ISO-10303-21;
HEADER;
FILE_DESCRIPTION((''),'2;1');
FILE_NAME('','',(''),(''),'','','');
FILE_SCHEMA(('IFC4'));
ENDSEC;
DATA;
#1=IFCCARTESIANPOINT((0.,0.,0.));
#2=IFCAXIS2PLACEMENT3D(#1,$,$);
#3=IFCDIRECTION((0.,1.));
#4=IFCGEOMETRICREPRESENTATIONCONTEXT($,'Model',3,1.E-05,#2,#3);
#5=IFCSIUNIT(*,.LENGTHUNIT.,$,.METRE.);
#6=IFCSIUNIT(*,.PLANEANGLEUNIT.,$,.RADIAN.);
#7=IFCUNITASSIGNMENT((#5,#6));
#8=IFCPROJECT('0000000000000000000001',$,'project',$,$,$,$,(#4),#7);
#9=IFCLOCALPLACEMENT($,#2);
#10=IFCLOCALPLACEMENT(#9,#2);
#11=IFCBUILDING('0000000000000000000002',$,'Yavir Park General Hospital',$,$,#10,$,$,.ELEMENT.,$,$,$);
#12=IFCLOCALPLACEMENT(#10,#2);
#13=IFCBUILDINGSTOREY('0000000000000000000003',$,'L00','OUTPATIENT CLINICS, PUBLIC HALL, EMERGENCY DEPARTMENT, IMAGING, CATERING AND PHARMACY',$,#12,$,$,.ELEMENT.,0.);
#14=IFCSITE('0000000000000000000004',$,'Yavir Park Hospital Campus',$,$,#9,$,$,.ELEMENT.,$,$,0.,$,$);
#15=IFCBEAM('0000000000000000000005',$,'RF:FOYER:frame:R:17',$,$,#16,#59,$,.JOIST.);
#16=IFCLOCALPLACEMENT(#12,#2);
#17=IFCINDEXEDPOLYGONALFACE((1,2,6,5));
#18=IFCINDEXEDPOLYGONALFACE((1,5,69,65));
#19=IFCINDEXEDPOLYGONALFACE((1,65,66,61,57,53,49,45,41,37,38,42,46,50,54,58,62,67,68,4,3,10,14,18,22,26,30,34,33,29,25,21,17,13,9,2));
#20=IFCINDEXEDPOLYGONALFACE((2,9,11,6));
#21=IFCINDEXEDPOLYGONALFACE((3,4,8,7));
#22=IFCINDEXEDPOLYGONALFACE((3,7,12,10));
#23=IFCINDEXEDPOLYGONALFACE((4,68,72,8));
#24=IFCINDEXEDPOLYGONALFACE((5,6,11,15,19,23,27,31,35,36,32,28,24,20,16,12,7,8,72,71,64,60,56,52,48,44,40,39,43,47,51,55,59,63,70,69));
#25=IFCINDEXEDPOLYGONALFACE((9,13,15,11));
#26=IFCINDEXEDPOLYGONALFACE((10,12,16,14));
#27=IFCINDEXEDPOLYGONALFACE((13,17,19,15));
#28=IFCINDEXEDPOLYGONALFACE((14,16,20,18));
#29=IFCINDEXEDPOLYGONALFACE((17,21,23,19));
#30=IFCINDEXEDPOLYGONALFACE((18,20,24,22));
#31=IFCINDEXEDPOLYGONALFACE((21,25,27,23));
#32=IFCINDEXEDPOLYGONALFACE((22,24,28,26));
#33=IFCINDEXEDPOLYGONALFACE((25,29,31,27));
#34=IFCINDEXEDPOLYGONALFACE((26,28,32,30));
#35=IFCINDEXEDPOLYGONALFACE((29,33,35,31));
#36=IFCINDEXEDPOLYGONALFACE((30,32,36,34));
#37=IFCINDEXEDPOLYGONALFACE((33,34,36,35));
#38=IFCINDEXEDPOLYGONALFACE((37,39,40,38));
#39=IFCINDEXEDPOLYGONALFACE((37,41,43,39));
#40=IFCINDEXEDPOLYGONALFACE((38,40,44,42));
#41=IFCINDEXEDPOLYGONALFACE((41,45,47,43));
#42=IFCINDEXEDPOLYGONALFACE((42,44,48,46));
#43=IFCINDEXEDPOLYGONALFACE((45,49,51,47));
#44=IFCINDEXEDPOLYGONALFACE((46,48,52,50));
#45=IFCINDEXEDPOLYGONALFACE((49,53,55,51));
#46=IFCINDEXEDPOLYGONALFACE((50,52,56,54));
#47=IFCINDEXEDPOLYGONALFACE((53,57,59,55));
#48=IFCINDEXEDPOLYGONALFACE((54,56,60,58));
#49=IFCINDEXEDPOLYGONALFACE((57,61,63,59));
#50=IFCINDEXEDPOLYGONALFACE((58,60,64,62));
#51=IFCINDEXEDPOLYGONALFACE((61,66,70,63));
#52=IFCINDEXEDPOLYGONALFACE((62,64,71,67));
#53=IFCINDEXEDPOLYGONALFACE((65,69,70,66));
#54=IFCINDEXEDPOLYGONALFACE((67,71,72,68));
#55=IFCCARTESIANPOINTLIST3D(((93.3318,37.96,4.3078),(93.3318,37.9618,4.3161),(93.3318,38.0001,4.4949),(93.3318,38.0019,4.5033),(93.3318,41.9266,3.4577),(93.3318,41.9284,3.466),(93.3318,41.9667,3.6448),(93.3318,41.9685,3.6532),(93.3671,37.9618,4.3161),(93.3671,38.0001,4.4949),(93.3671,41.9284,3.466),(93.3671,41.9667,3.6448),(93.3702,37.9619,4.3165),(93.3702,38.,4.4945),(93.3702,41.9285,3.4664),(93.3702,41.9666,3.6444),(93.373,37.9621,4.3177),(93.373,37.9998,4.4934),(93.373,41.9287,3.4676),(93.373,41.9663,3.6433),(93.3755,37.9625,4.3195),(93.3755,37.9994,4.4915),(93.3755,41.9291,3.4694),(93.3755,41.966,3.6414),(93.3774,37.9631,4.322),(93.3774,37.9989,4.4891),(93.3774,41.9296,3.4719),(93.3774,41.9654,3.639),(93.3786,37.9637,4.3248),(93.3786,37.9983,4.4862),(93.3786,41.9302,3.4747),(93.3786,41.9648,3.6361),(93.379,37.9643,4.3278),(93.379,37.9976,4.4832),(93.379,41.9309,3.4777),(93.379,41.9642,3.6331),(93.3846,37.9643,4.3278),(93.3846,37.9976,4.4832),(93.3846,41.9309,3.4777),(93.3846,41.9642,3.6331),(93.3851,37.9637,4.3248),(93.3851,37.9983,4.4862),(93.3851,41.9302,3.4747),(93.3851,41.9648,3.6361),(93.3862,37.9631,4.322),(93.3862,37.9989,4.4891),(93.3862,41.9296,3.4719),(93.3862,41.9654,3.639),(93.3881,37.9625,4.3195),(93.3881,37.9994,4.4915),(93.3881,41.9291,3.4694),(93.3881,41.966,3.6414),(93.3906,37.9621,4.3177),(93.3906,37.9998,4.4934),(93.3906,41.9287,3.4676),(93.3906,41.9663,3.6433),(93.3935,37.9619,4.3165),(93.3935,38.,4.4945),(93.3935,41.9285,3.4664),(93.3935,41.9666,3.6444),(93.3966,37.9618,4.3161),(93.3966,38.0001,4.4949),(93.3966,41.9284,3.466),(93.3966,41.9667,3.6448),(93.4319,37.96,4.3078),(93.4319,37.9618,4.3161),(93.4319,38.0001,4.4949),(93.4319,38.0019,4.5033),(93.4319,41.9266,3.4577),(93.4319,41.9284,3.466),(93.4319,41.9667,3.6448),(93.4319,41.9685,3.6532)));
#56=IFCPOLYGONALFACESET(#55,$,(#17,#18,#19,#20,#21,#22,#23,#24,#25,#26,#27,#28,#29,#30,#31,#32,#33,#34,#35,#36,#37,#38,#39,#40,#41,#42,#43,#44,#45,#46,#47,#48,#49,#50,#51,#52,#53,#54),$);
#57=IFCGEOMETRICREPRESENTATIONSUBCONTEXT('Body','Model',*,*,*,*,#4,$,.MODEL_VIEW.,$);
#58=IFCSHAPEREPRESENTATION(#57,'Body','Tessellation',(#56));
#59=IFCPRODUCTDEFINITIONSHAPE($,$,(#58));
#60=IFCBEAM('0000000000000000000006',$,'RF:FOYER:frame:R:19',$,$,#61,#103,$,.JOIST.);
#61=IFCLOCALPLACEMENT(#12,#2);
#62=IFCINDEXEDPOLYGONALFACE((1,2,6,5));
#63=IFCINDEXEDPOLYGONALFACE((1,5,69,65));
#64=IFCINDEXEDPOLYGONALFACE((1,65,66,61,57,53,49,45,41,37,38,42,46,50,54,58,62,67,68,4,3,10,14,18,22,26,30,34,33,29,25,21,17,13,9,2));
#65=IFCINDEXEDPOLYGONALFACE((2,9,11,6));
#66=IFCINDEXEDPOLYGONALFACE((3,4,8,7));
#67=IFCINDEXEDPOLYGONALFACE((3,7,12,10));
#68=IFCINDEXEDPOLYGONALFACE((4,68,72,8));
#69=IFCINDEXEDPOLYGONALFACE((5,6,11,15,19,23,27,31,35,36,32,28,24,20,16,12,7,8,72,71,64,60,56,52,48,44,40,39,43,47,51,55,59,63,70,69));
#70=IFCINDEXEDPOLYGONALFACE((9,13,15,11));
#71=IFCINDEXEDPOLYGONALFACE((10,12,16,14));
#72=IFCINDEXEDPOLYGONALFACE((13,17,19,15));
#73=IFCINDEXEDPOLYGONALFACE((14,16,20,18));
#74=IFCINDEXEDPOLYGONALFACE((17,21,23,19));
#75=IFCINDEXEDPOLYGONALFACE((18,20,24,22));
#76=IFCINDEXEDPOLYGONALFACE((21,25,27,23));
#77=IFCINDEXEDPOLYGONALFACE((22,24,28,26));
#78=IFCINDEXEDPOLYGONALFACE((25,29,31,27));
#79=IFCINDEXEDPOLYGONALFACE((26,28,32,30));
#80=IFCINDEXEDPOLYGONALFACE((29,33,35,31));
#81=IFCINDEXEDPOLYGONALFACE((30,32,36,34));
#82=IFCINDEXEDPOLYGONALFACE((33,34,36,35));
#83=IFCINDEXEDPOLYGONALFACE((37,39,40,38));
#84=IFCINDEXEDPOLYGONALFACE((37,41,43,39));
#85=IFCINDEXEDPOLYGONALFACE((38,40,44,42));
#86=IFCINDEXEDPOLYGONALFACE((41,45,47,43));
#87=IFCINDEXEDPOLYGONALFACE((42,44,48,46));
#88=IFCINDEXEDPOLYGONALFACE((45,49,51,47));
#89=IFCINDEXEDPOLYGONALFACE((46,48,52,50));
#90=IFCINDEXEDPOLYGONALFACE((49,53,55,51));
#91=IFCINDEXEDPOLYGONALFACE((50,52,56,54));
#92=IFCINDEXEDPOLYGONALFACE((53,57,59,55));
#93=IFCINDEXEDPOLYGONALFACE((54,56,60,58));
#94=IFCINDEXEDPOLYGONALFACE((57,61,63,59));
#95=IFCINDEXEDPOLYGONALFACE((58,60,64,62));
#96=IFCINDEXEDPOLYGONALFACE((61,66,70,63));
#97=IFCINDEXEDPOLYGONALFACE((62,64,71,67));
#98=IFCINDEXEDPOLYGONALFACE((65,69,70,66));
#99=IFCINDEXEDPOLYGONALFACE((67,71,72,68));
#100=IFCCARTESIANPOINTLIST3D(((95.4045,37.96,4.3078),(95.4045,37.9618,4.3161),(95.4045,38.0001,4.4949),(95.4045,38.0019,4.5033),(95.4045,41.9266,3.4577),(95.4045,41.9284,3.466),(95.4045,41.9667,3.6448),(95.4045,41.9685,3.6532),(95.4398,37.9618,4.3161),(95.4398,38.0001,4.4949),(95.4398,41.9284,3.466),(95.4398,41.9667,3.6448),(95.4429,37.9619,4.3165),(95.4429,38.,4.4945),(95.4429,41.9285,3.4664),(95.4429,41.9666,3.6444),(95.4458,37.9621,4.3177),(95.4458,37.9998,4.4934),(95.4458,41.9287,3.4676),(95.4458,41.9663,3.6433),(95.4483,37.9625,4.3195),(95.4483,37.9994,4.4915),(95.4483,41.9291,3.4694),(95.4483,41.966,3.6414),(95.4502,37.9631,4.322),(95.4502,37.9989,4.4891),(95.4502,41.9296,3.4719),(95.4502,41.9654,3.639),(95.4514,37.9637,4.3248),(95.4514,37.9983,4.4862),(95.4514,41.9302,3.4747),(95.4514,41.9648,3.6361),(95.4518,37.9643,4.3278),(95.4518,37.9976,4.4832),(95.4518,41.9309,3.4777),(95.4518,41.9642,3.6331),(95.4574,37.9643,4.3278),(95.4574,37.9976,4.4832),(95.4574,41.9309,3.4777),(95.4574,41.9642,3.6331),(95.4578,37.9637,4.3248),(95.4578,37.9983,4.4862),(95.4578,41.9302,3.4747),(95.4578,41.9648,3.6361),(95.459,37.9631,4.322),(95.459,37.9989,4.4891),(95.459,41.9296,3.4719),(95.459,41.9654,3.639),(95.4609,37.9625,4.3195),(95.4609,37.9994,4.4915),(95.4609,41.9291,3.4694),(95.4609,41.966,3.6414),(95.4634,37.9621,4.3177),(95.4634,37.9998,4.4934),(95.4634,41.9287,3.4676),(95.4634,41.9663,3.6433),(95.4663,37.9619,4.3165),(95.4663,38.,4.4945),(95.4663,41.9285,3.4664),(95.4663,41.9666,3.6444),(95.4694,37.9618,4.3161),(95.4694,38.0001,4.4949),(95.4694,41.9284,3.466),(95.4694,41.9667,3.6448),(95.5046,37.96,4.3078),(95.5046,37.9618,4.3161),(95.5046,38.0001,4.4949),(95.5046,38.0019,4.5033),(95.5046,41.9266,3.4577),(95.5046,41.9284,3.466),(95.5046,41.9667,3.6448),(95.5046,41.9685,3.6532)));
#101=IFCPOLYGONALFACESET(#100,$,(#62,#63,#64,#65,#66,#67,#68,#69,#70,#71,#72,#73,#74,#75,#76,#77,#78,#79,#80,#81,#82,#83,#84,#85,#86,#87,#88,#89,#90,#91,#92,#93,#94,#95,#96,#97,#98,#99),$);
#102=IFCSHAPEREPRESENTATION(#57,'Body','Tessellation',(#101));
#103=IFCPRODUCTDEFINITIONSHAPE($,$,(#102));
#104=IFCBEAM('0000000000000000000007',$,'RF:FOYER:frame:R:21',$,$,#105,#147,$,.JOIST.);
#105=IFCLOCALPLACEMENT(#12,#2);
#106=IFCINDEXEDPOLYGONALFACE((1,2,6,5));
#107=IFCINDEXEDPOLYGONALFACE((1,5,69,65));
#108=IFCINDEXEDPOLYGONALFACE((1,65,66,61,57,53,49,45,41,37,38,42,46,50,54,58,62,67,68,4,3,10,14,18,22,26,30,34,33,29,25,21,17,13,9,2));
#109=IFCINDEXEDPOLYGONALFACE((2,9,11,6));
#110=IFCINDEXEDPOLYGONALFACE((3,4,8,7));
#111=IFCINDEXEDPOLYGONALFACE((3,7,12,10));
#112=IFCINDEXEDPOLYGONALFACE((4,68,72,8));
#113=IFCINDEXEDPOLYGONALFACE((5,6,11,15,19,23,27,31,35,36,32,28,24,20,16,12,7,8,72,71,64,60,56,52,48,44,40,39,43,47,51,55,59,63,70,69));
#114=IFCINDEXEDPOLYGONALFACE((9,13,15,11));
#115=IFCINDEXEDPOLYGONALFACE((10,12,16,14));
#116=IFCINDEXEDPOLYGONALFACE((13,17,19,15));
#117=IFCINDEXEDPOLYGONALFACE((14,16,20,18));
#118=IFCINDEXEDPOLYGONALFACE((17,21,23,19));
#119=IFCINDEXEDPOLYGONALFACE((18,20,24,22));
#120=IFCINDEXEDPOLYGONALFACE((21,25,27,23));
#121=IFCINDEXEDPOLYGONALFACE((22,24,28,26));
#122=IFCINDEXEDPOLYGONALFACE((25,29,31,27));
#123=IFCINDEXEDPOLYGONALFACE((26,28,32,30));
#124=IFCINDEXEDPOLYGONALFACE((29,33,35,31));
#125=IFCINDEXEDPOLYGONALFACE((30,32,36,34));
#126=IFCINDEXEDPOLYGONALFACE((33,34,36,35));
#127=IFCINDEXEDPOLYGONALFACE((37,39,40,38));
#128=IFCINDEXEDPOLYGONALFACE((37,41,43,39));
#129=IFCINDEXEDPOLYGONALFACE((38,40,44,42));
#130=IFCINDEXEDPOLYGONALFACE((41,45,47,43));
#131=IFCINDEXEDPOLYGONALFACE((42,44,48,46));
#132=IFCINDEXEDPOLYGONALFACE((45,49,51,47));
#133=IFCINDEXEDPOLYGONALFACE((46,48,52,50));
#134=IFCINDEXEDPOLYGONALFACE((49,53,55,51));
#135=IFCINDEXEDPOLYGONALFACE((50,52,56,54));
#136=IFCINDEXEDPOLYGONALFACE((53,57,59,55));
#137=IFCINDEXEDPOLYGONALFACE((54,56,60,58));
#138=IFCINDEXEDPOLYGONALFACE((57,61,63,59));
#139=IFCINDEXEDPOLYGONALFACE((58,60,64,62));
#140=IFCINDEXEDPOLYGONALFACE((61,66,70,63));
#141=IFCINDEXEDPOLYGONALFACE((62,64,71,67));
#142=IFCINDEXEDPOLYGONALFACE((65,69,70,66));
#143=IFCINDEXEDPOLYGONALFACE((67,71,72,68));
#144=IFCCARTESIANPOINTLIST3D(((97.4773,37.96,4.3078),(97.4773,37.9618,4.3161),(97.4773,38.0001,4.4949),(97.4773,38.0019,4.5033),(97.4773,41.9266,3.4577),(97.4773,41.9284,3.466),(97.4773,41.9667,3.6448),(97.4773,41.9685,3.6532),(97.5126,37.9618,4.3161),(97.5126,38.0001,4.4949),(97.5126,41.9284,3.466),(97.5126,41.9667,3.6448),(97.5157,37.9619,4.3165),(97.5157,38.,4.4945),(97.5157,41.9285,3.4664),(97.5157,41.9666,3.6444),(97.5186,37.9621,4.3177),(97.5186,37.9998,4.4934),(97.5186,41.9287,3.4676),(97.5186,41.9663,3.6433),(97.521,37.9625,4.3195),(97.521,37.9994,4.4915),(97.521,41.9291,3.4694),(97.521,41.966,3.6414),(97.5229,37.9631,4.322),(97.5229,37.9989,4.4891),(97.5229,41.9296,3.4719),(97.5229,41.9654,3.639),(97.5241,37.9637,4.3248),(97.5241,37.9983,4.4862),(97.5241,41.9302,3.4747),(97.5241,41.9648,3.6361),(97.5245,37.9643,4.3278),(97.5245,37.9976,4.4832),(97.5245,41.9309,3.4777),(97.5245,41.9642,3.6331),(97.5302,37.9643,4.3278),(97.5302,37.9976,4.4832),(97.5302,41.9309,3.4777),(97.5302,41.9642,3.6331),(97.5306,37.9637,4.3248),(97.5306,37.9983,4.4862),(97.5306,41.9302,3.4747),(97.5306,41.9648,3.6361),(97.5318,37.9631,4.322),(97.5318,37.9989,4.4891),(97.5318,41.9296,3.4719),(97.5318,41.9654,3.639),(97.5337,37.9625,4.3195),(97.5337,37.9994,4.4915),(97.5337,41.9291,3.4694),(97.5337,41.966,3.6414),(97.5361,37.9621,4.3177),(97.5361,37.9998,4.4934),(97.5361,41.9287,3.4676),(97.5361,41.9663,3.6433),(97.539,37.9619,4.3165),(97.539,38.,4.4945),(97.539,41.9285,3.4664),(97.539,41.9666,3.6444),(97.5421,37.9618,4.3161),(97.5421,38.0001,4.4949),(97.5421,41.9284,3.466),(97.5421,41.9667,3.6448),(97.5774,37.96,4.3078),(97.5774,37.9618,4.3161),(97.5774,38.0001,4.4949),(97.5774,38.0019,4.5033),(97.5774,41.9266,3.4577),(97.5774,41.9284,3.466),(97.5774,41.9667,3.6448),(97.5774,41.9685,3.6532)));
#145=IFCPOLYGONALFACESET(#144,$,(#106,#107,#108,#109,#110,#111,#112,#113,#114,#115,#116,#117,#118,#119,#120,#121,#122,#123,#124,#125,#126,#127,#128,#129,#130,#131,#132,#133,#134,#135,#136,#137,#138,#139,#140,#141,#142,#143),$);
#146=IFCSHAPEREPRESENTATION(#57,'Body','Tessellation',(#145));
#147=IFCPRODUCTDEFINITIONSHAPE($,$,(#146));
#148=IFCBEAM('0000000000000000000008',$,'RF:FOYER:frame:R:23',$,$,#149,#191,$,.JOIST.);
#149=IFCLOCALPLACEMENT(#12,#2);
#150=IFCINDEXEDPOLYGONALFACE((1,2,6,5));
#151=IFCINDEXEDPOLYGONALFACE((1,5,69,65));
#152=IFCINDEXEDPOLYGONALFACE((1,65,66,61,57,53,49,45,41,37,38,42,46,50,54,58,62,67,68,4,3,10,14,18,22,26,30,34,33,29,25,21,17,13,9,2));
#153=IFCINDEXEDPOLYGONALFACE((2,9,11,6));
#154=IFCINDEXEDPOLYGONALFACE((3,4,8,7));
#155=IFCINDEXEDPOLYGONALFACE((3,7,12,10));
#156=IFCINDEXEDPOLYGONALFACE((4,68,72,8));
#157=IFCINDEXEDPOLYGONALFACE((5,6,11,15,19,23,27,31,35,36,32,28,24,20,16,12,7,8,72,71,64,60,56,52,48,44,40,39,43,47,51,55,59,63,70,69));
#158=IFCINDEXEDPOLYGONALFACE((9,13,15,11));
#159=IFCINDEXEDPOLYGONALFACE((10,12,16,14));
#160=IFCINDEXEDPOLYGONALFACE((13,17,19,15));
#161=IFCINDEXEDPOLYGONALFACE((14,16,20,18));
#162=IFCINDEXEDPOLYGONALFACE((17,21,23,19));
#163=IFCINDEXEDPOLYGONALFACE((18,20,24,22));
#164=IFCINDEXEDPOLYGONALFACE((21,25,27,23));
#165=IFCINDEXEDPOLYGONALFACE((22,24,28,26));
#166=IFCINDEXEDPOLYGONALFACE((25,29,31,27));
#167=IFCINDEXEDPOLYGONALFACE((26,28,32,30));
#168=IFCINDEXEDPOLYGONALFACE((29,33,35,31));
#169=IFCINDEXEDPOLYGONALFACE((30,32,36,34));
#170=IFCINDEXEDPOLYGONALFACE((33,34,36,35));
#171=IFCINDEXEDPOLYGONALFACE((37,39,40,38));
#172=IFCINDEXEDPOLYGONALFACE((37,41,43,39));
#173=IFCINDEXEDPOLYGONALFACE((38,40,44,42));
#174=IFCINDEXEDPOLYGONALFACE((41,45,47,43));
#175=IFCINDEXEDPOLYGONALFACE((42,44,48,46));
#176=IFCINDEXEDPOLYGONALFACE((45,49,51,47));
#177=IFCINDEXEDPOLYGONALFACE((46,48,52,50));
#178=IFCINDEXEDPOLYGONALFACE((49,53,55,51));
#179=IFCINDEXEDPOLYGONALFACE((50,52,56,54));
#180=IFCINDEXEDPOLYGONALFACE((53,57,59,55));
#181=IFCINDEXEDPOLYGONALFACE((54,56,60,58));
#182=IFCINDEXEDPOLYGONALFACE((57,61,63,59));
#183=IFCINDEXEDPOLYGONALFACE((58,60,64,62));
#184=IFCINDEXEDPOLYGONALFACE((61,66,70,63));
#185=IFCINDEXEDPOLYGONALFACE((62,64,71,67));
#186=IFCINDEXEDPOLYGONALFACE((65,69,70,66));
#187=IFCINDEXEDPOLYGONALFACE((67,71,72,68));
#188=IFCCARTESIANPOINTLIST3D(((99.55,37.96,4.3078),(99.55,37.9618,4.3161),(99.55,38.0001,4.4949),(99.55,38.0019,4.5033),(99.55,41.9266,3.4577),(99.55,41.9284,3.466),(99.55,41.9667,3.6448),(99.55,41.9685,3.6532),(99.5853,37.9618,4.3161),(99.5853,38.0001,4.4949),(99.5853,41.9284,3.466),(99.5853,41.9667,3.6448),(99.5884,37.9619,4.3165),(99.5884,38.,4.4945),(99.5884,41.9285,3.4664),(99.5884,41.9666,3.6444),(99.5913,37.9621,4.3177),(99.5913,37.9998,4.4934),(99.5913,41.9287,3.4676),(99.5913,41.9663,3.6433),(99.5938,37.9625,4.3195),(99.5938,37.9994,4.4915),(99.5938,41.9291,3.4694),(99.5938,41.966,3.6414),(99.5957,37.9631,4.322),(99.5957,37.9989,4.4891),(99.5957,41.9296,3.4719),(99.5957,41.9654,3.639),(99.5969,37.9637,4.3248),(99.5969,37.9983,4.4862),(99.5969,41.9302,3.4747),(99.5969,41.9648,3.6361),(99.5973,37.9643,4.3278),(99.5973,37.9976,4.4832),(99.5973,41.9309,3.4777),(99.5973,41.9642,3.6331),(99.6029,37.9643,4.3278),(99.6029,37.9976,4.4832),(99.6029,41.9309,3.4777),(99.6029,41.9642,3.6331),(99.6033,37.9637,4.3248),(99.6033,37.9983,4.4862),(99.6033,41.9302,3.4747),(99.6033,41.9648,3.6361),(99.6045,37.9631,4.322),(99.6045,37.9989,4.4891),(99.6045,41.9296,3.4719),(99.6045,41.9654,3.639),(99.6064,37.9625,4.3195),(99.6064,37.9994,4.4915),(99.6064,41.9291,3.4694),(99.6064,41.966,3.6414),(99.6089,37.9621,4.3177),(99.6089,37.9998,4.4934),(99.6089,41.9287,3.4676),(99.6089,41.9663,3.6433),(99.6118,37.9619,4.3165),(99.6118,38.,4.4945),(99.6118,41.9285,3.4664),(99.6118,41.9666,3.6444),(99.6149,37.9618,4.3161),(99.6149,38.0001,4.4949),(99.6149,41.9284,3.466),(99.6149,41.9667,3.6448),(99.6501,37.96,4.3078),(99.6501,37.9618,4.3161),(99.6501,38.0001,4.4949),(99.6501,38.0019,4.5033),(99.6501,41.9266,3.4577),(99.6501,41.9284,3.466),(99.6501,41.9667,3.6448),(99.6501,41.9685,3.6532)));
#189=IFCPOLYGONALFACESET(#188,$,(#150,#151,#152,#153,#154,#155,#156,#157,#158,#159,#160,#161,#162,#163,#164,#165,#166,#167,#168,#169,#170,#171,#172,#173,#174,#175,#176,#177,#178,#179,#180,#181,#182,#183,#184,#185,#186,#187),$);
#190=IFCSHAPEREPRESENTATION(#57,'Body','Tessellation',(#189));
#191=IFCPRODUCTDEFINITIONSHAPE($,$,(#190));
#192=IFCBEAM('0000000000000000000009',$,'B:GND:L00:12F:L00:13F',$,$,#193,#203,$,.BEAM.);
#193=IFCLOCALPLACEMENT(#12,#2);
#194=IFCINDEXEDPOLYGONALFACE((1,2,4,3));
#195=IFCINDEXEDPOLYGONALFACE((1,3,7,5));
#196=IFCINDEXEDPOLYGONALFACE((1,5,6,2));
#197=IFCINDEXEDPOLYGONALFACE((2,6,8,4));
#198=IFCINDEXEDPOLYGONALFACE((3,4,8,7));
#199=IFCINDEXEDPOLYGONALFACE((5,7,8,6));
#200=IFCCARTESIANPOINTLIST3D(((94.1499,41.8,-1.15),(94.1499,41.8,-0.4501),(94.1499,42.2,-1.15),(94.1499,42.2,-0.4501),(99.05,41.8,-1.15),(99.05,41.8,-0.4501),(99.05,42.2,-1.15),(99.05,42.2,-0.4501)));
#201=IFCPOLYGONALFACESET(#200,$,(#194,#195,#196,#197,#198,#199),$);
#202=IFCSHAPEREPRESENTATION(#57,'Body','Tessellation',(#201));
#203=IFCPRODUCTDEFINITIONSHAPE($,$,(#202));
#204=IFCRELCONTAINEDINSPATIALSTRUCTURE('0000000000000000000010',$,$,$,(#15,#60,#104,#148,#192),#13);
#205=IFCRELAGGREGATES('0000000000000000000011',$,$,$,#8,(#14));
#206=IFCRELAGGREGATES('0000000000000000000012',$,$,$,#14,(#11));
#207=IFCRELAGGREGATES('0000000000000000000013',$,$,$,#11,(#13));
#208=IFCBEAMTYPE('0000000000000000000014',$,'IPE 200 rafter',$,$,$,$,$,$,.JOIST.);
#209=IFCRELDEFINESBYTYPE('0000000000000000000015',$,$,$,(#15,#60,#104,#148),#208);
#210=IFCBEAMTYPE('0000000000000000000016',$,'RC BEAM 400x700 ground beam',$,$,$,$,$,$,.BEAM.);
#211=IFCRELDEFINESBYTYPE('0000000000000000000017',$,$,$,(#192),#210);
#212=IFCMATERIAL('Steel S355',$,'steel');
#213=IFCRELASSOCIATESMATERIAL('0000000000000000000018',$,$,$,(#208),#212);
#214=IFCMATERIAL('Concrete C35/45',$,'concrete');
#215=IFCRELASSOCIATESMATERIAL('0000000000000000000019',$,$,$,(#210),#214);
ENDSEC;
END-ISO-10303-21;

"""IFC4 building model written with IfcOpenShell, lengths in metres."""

from ifc_helpers import new_model, si_unit, direction, frame, origin, origin_2d, place, context, subcontext, project, spatial, rectangle, i_section, extrude, material, material_profile, profile_set, type_object, element, save


model = new_model("IFC4")

# Units and contexts
model_context = context("Model", 3, precision=1e-05, world=origin(), true_north=direction((0.0, 1.0)))
body_context = subcontext(model_context, "Body", "Model", "MODEL_VIEW")
ifc_project = project(units=[si_unit("LENGTHUNIT", "METRE"), si_unit("PLANEANGLEUNIT", "RADIAN")], contexts=[model_context])

# Site, building, storey
site_placement = place(None, origin())
site = spatial("IfcSite", under=ifc_project, at=site_placement, Name="Yavir Park Hospital Campus", CompositionType="ELEMENT", RefElevation=0.0)
building_placement = place(site_placement, origin())
building = spatial("IfcBuilding", under=site, at=building_placement, Name="Yavir Park General Hospital", CompositionType="ELEMENT")
storey_placement = place(building_placement, origin())
storey = spatial("IfcBuildingStorey", under=building, at=storey_placement, Name="L00", Description="OUTPATIENT CLINICS, PUBLIC HALL, EMERGENCY DEPARTMENT, IMAGING, CATERING AND PHARMACY", CompositionType="ELEMENT", Elevation=0.0)

# Beams
ifc_material_1 = material(Name="Steel S355", Category="steel")
ifc_material_profile_1 = material_profile(ifc_material_1, i_section(OverallWidth=0.1001, OverallDepth=0.2, WebThickness=0.0056, FlangeThickness=0.0085, FilletRadius=0.012, at=origin_2d()), Name="IPE200")
ifc_profile_set_1 = profile_set([ifc_material_profile_1], Name="Steel S355")
beam_type_1 = type_object("IfcBeamType", Name="IPE 200 rafter", PredefinedType="JOIST", material=ifc_profile_set_1)
for number, where, z_axis, x_axis, name in (
    (1, (93.3818, 37.981, 4.4055), (0.0, 0.977796, -0.209558), (-1.0, 0.0, 0.0), "RF:FOYER:frame:R:17"),
    (2, (95.4546, 37.981, 4.4055), (0.0, 0.977796, -0.209558), (-1.0, 0.0, 0.0), "RF:FOYER:frame:R:19"),
    (3, (97.5273, 37.981, 4.4055), (0.0, 0.977796, -0.209558), (-1.0, 0.0, 0.0), "RF:FOYER:frame:R:21"),
    (4, (99.6001, 37.981, 4.4055), (0.0, 0.977796, -0.209558), (-1.0, 0.0, 0.0), "RF:FOYER:frame:R:23"),
):
    element("IfcBeam", number, at=place(storey_placement, frame(where, z_axis=z_axis, x_axis=x_axis)), inside=storey, type_object=beam_type_1, Name=name, PredefinedType="JOIST", context=body_context, shape_type="SweptSolid", body=[
        extrude(i_section(OverallWidth=0.1001, OverallDepth=0.2, WebThickness=0.0056, FlangeThickness=0.0085, FilletRadius=0.012, at=origin_2d()), origin(), (0.0, 0.0, 1.0), 4.0566),
    ])
ifc_material_2 = material(Name="Concrete C35/45", Category="concrete")
ifc_material_profile_2 = material_profile(ifc_material_2, rectangle(XDim=0.3999, YDim=0.7, at=origin_2d()), Name="RC400x700")
ifc_profile_set_2 = profile_set([ifc_material_profile_2], Name="Concrete C35/45")
beam_type_2 = type_object("IfcBeamType", Name="RC BEAM 400x700 ground beam", PredefinedType="BEAM", material=ifc_profile_set_2)
beam_1_placement = place(storey_placement, frame((94.1499, 42.0, -0.8), z_axis=(1.0, 0.0, 0.0), x_axis=(0.0, 1.0, 0.0)))
element("IfcBeam", 5, at=beam_1_placement, inside=storey, type_object=beam_type_2, Name="B:GND:L00:12F:L00:13F", PredefinedType="BEAM", context=body_context, shape_type="SweptSolid", body=[
    extrude(rectangle(XDim=0.3999, YDim=0.7, at=origin_2d()), origin(), (0.0, 0.0, 1.0), 4.9001),
])

save(model, "model.ifc")
